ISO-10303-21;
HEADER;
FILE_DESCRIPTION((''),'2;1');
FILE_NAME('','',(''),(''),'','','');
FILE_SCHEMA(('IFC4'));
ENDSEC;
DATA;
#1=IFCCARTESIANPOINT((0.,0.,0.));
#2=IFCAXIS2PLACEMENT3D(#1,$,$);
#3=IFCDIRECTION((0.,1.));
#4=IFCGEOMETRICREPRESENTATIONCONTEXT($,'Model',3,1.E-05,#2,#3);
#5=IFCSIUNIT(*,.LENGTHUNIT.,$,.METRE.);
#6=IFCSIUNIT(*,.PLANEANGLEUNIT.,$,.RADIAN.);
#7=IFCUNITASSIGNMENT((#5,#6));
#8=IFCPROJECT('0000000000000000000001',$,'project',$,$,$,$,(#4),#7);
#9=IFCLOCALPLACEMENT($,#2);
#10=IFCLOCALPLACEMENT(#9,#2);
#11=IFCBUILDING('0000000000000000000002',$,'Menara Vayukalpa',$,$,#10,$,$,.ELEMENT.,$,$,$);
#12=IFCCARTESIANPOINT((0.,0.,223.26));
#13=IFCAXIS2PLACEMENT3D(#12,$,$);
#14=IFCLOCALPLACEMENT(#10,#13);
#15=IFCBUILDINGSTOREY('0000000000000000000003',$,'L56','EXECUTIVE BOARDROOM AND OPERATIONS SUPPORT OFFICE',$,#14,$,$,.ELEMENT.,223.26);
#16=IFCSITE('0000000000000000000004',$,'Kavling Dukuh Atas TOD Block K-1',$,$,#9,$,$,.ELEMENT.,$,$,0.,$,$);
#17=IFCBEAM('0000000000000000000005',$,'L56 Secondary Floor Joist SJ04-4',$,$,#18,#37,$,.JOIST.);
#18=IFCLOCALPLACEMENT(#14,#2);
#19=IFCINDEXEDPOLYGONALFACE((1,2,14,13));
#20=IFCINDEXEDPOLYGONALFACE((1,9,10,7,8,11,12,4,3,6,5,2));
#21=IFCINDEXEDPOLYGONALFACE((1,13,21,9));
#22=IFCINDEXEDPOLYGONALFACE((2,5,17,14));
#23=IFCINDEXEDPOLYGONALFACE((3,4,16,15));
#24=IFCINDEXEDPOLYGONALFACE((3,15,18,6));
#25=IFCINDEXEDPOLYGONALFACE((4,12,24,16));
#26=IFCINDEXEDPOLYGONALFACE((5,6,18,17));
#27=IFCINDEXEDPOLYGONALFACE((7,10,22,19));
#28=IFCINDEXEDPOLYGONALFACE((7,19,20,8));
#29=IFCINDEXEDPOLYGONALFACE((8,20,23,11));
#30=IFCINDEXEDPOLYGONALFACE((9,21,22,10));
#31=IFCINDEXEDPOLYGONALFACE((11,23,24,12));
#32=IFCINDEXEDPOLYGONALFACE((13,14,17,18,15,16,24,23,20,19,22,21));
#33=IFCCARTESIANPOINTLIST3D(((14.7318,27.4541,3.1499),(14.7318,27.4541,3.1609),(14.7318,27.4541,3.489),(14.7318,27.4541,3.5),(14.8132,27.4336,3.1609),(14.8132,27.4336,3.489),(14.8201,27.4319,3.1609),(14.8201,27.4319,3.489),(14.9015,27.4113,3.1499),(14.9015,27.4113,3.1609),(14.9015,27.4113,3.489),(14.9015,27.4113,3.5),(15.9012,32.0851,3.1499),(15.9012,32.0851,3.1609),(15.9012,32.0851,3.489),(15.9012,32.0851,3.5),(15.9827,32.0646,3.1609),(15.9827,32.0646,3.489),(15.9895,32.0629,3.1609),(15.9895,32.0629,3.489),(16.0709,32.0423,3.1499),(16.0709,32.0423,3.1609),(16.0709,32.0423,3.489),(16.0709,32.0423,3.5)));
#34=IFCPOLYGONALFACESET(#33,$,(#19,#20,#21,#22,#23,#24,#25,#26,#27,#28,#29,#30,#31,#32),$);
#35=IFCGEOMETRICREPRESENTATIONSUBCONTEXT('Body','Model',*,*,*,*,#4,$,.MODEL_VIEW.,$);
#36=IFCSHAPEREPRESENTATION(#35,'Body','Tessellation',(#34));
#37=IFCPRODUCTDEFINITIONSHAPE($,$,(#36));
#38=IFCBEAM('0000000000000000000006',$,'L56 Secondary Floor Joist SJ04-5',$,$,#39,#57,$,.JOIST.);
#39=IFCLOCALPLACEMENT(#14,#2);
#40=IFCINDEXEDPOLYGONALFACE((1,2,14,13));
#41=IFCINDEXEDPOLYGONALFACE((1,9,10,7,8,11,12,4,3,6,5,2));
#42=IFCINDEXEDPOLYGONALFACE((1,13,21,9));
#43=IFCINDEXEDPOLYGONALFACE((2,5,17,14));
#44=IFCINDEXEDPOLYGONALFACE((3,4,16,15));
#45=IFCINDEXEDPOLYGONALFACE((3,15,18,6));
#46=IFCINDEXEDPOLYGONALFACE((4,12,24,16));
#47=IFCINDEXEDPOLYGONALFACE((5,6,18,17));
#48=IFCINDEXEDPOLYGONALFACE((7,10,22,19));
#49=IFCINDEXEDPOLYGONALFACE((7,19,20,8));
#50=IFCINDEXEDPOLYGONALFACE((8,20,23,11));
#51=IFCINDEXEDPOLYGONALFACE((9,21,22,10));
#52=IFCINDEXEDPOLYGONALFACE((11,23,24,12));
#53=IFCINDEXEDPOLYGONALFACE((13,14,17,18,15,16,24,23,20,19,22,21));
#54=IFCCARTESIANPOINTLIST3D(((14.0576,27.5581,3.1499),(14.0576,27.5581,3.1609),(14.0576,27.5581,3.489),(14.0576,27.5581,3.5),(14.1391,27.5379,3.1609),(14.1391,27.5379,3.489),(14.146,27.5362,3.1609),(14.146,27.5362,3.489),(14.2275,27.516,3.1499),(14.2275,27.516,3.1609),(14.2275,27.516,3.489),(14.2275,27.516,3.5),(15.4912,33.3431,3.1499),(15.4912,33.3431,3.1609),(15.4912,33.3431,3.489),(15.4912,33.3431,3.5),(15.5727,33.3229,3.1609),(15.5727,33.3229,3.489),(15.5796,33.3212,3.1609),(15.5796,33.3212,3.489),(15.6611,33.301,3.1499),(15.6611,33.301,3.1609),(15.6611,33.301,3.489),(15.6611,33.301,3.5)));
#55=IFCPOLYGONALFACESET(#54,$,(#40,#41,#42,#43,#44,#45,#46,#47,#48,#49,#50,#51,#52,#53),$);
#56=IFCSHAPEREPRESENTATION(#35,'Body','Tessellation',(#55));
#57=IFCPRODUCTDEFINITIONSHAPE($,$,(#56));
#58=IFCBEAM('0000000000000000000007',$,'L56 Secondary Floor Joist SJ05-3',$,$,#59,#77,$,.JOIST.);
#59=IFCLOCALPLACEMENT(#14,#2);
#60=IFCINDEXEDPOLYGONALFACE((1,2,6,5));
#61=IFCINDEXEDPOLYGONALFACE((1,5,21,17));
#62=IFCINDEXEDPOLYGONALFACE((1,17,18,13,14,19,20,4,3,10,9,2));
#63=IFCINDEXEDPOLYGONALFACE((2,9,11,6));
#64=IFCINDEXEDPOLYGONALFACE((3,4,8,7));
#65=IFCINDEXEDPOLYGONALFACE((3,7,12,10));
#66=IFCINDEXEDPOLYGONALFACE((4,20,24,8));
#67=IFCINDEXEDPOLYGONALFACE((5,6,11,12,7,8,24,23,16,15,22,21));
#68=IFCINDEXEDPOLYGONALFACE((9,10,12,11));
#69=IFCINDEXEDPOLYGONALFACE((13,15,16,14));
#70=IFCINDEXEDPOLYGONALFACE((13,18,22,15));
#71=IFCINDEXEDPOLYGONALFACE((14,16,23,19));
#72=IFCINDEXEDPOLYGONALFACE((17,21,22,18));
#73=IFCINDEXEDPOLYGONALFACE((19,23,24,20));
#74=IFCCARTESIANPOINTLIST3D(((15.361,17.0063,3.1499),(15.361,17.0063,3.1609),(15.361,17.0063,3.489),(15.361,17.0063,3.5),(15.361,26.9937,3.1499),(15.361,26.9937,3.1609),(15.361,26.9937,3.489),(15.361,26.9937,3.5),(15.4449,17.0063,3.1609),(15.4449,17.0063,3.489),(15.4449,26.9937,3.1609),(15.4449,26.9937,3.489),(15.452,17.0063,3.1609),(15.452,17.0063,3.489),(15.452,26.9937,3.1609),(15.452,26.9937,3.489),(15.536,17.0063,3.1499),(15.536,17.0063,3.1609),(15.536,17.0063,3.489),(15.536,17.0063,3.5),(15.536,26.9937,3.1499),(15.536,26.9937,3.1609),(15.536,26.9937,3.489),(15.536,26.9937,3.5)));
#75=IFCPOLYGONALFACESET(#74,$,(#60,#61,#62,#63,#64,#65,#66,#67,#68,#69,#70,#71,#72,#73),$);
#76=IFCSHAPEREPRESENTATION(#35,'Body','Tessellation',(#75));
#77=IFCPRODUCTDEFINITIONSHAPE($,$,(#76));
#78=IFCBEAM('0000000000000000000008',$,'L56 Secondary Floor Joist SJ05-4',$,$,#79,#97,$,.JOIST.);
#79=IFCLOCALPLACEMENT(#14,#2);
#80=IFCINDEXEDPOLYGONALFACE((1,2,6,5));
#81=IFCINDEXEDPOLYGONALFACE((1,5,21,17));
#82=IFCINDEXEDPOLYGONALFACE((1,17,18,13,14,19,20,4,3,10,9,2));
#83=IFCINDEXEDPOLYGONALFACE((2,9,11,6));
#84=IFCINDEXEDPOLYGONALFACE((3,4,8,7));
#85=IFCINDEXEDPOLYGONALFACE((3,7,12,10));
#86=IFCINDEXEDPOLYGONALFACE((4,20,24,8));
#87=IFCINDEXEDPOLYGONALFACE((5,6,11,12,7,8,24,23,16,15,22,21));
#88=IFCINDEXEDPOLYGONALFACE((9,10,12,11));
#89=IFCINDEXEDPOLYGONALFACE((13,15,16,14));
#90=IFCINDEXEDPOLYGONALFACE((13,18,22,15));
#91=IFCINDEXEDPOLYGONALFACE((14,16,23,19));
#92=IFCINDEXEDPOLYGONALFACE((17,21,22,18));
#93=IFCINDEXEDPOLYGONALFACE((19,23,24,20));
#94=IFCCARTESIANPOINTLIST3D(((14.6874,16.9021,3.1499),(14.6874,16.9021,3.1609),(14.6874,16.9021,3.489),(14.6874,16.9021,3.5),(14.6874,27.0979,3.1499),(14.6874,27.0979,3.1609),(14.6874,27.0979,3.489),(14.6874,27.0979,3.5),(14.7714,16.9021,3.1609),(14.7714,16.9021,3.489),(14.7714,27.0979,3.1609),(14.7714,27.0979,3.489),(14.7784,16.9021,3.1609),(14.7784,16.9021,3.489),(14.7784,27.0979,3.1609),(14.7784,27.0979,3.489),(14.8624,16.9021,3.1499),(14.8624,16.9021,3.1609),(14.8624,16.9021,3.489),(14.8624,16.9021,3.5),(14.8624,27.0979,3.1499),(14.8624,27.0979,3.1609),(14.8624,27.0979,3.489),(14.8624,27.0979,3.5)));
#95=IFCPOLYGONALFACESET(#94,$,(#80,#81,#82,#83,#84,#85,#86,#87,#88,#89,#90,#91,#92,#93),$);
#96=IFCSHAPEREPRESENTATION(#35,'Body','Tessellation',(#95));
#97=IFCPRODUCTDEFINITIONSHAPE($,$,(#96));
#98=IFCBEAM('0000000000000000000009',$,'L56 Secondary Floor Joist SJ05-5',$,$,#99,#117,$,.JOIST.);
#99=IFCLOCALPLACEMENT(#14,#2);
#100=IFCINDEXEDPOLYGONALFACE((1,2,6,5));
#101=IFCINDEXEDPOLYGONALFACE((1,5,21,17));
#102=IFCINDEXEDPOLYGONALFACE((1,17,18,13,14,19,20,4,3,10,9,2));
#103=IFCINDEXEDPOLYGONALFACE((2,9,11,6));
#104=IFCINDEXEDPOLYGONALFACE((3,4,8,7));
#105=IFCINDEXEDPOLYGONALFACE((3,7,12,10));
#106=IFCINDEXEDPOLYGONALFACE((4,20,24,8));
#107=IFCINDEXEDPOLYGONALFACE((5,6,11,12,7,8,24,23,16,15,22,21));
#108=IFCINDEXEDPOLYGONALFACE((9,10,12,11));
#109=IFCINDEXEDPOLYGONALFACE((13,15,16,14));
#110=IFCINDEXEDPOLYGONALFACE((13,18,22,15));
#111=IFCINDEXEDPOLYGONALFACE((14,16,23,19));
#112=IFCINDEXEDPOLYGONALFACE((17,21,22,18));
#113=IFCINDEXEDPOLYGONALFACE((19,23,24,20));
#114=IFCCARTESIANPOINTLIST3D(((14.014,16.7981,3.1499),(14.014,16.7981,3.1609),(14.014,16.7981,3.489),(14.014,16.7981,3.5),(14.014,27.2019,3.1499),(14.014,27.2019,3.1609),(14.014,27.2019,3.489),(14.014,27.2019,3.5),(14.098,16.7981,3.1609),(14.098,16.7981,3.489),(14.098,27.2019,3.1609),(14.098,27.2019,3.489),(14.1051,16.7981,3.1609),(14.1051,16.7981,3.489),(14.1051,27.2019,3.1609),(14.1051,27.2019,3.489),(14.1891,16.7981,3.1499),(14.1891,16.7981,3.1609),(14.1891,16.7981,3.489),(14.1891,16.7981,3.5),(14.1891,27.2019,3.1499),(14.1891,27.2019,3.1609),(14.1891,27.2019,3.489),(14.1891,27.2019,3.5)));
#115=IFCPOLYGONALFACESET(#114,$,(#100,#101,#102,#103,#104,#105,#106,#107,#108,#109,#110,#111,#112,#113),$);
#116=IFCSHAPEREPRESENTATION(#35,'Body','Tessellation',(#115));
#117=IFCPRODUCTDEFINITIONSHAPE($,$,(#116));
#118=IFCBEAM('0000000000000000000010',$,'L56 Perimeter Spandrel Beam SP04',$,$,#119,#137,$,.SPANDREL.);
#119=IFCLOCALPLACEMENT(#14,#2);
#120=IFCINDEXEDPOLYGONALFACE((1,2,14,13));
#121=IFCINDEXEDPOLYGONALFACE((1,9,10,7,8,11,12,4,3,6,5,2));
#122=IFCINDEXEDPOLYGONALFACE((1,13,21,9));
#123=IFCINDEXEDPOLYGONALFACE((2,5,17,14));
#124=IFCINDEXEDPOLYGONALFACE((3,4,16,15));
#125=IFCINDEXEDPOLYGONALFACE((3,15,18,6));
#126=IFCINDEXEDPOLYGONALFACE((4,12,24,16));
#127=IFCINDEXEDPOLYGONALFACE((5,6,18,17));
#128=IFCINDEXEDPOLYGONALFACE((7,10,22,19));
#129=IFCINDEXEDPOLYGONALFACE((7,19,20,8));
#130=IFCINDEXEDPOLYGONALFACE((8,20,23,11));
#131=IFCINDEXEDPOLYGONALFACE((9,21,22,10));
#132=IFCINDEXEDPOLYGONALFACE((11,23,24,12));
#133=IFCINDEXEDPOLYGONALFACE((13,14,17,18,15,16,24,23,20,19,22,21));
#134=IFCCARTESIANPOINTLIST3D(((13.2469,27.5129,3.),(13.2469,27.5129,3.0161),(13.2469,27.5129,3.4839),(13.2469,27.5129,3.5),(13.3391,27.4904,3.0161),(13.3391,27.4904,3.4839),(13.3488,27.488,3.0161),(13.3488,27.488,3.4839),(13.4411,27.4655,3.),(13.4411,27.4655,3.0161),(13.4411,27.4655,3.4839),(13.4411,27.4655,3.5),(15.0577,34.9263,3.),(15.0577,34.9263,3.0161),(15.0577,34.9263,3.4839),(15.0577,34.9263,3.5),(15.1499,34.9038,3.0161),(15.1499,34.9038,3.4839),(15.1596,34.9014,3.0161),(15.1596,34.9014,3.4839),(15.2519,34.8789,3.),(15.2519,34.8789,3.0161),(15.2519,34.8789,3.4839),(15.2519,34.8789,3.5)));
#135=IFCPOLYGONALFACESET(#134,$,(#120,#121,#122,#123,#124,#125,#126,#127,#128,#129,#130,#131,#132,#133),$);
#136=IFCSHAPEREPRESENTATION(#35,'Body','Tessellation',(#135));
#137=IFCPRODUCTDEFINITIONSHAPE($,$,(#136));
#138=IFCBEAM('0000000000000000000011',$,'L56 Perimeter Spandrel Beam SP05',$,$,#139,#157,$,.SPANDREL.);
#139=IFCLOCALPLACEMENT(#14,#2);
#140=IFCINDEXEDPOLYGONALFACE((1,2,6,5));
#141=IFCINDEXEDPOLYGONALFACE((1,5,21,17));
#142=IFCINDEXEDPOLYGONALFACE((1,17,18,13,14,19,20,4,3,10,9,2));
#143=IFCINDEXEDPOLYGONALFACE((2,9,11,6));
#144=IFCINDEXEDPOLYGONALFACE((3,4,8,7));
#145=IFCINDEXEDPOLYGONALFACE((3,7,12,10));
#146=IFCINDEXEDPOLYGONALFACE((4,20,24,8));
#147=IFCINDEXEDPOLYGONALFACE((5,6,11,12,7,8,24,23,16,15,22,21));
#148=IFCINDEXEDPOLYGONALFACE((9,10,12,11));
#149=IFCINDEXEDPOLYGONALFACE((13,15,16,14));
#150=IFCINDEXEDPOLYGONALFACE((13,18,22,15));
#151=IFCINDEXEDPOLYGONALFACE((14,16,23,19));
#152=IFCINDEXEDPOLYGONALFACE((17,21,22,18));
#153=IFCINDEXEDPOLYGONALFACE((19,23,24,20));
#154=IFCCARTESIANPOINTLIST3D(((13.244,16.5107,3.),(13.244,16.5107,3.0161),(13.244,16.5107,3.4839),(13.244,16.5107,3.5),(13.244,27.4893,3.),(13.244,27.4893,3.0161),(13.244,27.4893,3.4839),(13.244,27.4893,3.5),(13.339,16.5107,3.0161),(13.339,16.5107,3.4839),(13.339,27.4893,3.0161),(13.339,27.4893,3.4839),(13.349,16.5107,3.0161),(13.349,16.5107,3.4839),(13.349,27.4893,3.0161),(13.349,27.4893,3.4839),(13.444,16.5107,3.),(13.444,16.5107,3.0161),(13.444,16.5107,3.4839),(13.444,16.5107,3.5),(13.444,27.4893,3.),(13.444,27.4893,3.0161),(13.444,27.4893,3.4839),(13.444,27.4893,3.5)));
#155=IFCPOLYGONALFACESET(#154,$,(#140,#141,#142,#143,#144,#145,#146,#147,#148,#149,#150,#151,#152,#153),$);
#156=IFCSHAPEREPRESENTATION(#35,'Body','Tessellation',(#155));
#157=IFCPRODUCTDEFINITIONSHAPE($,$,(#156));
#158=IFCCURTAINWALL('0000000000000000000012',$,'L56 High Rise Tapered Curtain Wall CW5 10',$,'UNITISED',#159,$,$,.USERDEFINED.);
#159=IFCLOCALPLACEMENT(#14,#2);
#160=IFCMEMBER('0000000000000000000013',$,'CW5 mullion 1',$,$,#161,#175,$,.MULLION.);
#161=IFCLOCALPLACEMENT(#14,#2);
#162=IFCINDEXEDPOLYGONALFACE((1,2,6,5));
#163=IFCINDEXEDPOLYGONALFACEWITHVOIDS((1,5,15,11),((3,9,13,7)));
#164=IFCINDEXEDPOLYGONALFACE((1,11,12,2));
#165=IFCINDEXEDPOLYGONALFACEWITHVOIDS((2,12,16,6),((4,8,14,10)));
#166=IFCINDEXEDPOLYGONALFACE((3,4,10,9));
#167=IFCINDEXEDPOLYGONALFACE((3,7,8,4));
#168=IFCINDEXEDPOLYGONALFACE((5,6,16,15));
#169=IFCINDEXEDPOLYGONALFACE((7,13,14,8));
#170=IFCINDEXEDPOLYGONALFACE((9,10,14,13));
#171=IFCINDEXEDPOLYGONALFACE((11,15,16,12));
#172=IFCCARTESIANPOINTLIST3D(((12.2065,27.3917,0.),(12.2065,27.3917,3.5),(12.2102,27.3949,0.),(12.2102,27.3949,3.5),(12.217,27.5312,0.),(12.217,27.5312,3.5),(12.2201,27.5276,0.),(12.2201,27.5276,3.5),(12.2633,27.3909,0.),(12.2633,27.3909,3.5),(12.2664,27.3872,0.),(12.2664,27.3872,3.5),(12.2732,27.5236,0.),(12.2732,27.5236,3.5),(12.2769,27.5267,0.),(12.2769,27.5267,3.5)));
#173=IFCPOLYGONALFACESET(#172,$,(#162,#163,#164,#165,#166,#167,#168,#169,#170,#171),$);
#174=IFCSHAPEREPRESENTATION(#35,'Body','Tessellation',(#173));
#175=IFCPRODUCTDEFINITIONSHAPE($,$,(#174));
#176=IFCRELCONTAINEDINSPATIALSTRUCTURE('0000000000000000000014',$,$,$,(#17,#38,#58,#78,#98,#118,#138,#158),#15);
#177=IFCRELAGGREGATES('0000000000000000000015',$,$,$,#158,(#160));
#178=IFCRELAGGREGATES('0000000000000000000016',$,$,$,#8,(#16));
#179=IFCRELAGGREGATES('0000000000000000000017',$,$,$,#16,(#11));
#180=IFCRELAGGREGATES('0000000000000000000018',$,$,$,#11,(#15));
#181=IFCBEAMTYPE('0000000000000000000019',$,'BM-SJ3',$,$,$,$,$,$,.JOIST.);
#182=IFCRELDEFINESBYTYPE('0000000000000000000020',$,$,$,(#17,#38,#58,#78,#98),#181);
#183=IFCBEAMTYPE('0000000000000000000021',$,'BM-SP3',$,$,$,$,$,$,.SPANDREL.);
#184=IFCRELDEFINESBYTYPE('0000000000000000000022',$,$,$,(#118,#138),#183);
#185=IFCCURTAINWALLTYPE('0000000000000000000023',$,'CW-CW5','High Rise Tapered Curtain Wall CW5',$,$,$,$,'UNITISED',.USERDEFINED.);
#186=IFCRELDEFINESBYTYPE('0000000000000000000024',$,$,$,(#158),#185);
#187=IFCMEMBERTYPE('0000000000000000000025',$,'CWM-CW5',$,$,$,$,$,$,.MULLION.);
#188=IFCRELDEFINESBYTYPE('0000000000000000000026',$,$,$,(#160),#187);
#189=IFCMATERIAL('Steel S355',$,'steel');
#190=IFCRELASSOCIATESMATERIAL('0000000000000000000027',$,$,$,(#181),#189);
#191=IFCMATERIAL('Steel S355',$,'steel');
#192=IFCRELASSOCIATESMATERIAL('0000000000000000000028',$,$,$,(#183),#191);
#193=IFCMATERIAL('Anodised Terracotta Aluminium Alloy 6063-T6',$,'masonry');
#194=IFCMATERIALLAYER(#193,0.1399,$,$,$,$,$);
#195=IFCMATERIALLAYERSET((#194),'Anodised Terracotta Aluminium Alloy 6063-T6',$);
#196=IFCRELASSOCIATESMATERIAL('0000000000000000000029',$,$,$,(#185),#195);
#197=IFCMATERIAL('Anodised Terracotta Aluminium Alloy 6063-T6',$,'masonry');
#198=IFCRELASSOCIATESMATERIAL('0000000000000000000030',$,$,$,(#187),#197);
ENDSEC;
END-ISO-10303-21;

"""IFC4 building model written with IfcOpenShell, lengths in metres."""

from ifc_helpers import new_model, si_unit, direction, frame, origin, origin_2d, place, context, subcontext, project, spatial, hollow_rectangle, i_section, extrude, material, layer, layer_set, material_profile, profile_set, type_object, element, aggregate, save


model = new_model("IFC4")

# Units and contexts
model_context = context("Model", 3, precision=1e-05, world=origin(), true_north=direction((0.0, 1.0)))
body_context = subcontext(model_context, "Body", "Model", "MODEL_VIEW")
ifc_project = project(units=[si_unit("LENGTHUNIT", "METRE"), si_unit("PLANEANGLEUNIT", "RADIAN")], contexts=[model_context])

# Site, building, storey
site_placement = place(None, origin())
site = spatial("IfcSite", under=ifc_project, at=site_placement, Name="Kavling Dukuh Atas TOD Block K-1", CompositionType="ELEMENT", RefElevation=0.0)
building_placement = place(site_placement, origin())
building = spatial("IfcBuilding", under=site, at=building_placement, Name="Menara Vayukalpa", CompositionType="ELEMENT")
storey_placement = place(building_placement, frame((0.0, 0.0, 223.26)))
storey = spatial("IfcBuildingStorey", under=building, at=storey_placement, Name="L56", Description="EXECUTIVE BOARDROOM AND OPERATIONS SUPPORT OFFICE", CompositionType="ELEMENT", Elevation=223.26)

# Beams
ifc_material_1 = material(Name="Steel S355", Category="steel")
ifc_material_profile_1 = material_profile(ifc_material_1, i_section(OverallWidth=0.175, OverallDepth=0.3501, WebThickness=0.0071, FlangeThickness=0.011, at=origin_2d()), Name="WF 350x175x7x11")
ifc_profile_set_1 = profile_set([ifc_material_profile_1], Name="Steel S355")
beam_type_1 = type_object("IfcBeamType", Name="BM-SJ3", PredefinedType="JOIST", material=ifc_profile_set_1)
beam_1_placement = place(storey_placement, frame((15.9861, 32.0637, 3.325), z_axis=(-0.244832, -0.969566, 0.0), x_axis=(0.969566, -0.244832, 0.0)))
element("IfcBeam", 1, at=beam_1_placement, inside=storey, type_object=beam_type_1, Name="L56 Secondary Floor Joist SJ04-4", PredefinedType="JOIST", context=body_context, shape_type="SweptSolid", body=[
    extrude(i_section(OverallWidth=0.175, OverallDepth=0.3501, WebThickness=0.0071, FlangeThickness=0.011, at=origin_2d()), origin(), (0.0, 0.0, 1.0), 4.7764),
])
beam_2_placement = place(storey_placement, frame((15.5762, 33.322, 3.325), z_axis=(-0.24054, -0.970639, 0.0), x_axis=(0.970639, -0.24054, 0.0)))
element("IfcBeam", 2, at=beam_2_placement, inside=storey, type_object=beam_type_1, Name="L56 Secondary Floor Joist SJ04-5", PredefinedType="JOIST", context=body_context, shape_type="SweptSolid", body=[
    extrude(i_section(OverallWidth=0.175, OverallDepth=0.3501, WebThickness=0.0071, FlangeThickness=0.011, at=origin_2d()), origin(), (0.0, 0.0, 1.0), 5.96),
])
beam_3_placement = place(storey_placement, frame((15.4485, 26.9937, 3.325), z_axis=(0.0, -1.0, 0.0), x_axis=(1.0, 0.0, 0.0)))
element("IfcBeam", 3, at=beam_3_placement, inside=storey, type_object=beam_type_1, Name="L56 Secondary Floor Joist SJ05-3", PredefinedType="JOIST", context=body_context, shape_type="SweptSolid", body=[
    extrude(i_section(OverallWidth=0.175, OverallDepth=0.3501, WebThickness=0.0071, FlangeThickness=0.011, at=origin_2d()), origin(), (0.0, 0.0, 1.0), 9.9873),
])
beam_4_placement = place(storey_placement, frame((14.7749, 27.0979, 3.325), z_axis=(0.0, -1.0, 0.0), x_axis=(1.0, 0.0, 0.0)))
element("IfcBeam", 4, at=beam_4_placement, inside=storey, type_object=beam_type_1, Name="L56 Secondary Floor Joist SJ05-4", PredefinedType="JOIST", context=body_context, shape_type="SweptSolid", body=[
    extrude(i_section(OverallWidth=0.175, OverallDepth=0.3501, WebThickness=0.0071, FlangeThickness=0.011, at=origin_2d()), origin(), (0.0, 0.0, 1.0), 10.1958),
])
beam_5_placement = place(storey_placement, frame((14.1016, 27.2019, 3.325), z_axis=(0.0, -1.0, 0.0), x_axis=(1.0, 0.0, 0.0)))
element("IfcBeam", 5, at=beam_5_placement, inside=storey, type_object=beam_type_1, Name="L56 Secondary Floor Joist SJ05-5", PredefinedType="JOIST", context=body_context, shape_type="SweptSolid", body=[
    extrude(i_section(OverallWidth=0.175, OverallDepth=0.3501, WebThickness=0.0071, FlangeThickness=0.011, at=origin_2d()), origin(), (0.0, 0.0, 1.0), 10.4038),
])
ifc_material_2 = material(Name="Steel S355", Category="steel")
ifc_material_profile_2 = material_profile(ifc_material_2, i_section(OverallWidth=0.2, OverallDepth=0.5, WebThickness=0.01, FlangeThickness=0.0161, at=origin_2d()), Name="WF 500x200x10x16")
ifc_profile_set_2 = profile_set([ifc_material_profile_2], Name="Steel S355")
beam_type_2 = type_object("IfcBeamType", Name="BM-SP3", PredefinedType="SPANDREL", material=ifc_profile_set_2)
beam_6_placement = place(storey_placement, frame((15.1548, 34.9026, 3.25), z_axis=(-0.237285, -0.97144, 0.0), x_axis=(0.97144, -0.237285, 0.0)))
element("IfcBeam", 6, at=beam_6_placement, inside=storey, type_object=beam_type_2, Name="L56 Perimeter Spandrel Beam SP04", PredefinedType="SPANDREL", context=body_context, shape_type="SweptSolid", body=[
    extrude(i_section(OverallWidth=0.2, OverallDepth=0.5, WebThickness=0.01, FlangeThickness=0.0161, at=origin_2d()), origin(), (0.0, 0.0, 1.0), 7.6313),
])
beam_7_placement = place(storey_placement, frame((13.344, 27.4893, 3.25), z_axis=(0.0, -1.0, 0.0), x_axis=(1.0, 0.0, 0.0)))
element("IfcBeam", 7, at=beam_7_placement, inside=storey, type_object=beam_type_2, Name="L56 Perimeter Spandrel Beam SP05", PredefinedType="SPANDREL", context=body_context, shape_type="SweptSolid", body=[
    extrude(i_section(OverallWidth=0.2, OverallDepth=0.5, WebThickness=0.01, FlangeThickness=0.0161, at=origin_2d()), origin(), (0.0, 0.0, 1.0), 10.9785),
])

# Curtain wall, member
ifc_material_3 = material(Name="Anodised Terracotta Aluminium Alloy 6063-T6", Category="masonry")
ifc_layer_1 = layer(ifc_material_3, 0.1399)
ifc_layer_set_1 = layer_set([ifc_layer_1], Name="Anodised Terracotta Aluminium Alloy 6063-T6")
curtain_wall_type = type_object("IfcCurtainWallType", Name="CW-CW5", Description="High Rise Tapered Curtain Wall CW5", ElementType="UNITISED", PredefinedType="USERDEFINED", material=ifc_layer_set_1)
curtain_wall_placement = place(storey_placement, origin())
curtain_wall = element("IfcCurtainWall", 8, at=curtain_wall_placement, inside=storey, type_object=curtain_wall_type, Name="L56 High Rise Tapered Curtain Wall CW5 10", ObjectType="UNITISED", PredefinedType="USERDEFINED")
ifc_material_4 = material(Name="Anodised Terracotta Aluminium Alloy 6063-T6", Category="masonry")
ifc_material_profile_3 = material_profile(ifc_material_4, hollow_rectangle(XDim=0.0601, YDim=0.1399, WallThickness=0.0034, at=origin_2d()), Name="ALU 60x140x3.5")
ifc_profile_set_3 = profile_set([ifc_material_profile_3], Name="Anodised Terracotta Aluminium Alloy 6063-T6")
member_type_1 = type_object("IfcMemberType", Name="CWM-CW5", PredefinedType="MULLION", material=ifc_profile_set_3)
member_1_placement = place(storey_placement, frame((12.2417, 27.4592, 0.0), z_axis=(0.0, 0.0, 1.0), x_axis=(0.997199, -0.074792, 0.0)))
member_1 = element("IfcMember", 9, at=member_1_placement, type_object=member_type_1, Name="CW5 mullion 1", PredefinedType="MULLION", context=body_context, shape_type="SweptSolid", body=[
    extrude(hollow_rectangle(XDim=0.0601, YDim=0.1399, WallThickness=0.0034, at=origin_2d()), origin(), (0.0, 0.0, 1.0), 3.5),
])
aggregate(curtain_wall, [member_1])

save(model, "model.ifc")
